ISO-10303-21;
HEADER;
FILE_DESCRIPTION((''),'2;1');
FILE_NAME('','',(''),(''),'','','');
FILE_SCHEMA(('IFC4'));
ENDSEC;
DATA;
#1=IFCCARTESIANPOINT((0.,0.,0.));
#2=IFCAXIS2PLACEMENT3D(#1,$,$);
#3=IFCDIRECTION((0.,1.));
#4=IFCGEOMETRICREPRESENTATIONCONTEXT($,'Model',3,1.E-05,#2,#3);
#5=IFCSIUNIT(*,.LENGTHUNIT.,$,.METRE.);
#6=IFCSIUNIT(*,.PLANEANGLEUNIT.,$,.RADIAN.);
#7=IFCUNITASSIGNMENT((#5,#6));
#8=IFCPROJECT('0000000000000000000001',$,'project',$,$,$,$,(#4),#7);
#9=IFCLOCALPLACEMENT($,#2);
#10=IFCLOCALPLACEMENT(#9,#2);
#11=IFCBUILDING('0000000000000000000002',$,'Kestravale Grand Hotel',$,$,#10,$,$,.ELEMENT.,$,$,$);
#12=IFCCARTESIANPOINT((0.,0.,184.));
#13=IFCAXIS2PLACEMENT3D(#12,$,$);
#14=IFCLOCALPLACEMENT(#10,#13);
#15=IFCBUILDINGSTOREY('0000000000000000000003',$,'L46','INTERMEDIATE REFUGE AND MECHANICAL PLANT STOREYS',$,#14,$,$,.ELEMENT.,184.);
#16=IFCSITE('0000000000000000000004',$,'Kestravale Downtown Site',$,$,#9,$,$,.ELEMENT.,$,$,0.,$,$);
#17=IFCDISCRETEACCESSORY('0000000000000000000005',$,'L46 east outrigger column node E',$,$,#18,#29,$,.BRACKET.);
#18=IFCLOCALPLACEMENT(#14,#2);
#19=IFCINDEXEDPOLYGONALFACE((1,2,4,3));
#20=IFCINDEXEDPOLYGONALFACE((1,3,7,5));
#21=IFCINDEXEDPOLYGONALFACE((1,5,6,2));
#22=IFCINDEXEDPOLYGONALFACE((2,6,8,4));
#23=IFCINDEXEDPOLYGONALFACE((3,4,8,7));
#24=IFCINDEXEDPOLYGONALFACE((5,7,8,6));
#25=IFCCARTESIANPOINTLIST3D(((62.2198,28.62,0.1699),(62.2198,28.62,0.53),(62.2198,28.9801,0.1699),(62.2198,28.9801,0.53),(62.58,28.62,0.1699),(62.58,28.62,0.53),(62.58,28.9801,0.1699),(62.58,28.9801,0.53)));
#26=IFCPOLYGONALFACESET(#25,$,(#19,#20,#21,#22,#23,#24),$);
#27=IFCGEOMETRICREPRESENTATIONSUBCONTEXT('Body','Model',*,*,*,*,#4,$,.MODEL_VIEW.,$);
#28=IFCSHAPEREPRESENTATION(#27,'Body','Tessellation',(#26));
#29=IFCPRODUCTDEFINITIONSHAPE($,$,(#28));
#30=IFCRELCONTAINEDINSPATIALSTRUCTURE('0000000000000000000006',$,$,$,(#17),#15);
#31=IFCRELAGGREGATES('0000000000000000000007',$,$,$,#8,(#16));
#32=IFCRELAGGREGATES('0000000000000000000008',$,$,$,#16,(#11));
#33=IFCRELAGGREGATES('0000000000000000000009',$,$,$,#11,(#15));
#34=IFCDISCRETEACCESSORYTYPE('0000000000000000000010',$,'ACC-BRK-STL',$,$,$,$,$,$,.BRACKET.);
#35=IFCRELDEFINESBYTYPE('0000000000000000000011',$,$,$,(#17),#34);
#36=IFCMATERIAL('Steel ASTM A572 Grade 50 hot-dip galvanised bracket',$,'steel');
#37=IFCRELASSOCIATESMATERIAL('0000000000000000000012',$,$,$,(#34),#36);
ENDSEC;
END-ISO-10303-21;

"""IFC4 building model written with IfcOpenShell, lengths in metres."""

from ifc_helpers import new_model, si_unit, direction, frame, origin, origin_2d, place, context, subcontext, project, spatial, rectangle, extrude, material, type_object, element, save


model = new_model("IFC4")

# Units and contexts
model_context = context("Model", 3, precision=1e-05, world=origin(), true_north=direction((0.0, 1.0)))
body_context = subcontext(model_context, "Body", "Model", "MODEL_VIEW")
ifc_project = project(units=[si_unit("LENGTHUNIT", "METRE"), si_unit("PLANEANGLEUNIT", "RADIAN")], contexts=[model_context])

# Site, building, storey
site_placement = place(None, origin())
site = spatial("IfcSite", under=ifc_project, at=site_placement, Name="Kestravale Downtown Site", CompositionType="ELEMENT", RefElevation=0.0)
building_placement = place(site_placement, origin())
building = spatial("IfcBuilding", under=site, at=building_placement, Name="Kestravale Grand Hotel", CompositionType="ELEMENT")
storey_placement = place(building_placement, frame((0.0, 0.0, 184.0)))
storey = spatial("IfcBuildingStorey", under=building, at=storey_placement, Name="L46", Description="INTERMEDIATE REFUGE AND MECHANICAL PLANT STOREYS", CompositionType="ELEMENT", Elevation=184.0)

# Discrete accessory
ifc_material_1 = material(Name="Steel ASTM A572 Grade 50 hot-dip galvanised bracket", Category="steel")
discrete_accessory_type = type_object("IfcDiscreteAccessoryType", Name="ACC-BRK-STL", PredefinedType="BRACKET", material=ifc_material_1)
for number, where, z_axis, x_axis, name in (
    (1, (62.3999, 28.8, 0.1699), (0.0, 0.0, 1.0), (1.0, 0.0, 0.0), "L46 east outrigger column node E"),
):
    element("IfcDiscreteAccessory", number, at=place(storey_placement, frame(where, z_axis=z_axis, x_axis=x_axis)), inside=storey, type_object=discrete_accessory_type, Name=name, PredefinedType="BRACKET", context=body_context, shape_type="SweptSolid", body=[
        extrude(rectangle(XDim=0.3601, YDim=0.3601, at=origin_2d()), origin(), (0.0, 0.0, 1.0), 0.3601),
    ])

save(model, "model.ifc")
